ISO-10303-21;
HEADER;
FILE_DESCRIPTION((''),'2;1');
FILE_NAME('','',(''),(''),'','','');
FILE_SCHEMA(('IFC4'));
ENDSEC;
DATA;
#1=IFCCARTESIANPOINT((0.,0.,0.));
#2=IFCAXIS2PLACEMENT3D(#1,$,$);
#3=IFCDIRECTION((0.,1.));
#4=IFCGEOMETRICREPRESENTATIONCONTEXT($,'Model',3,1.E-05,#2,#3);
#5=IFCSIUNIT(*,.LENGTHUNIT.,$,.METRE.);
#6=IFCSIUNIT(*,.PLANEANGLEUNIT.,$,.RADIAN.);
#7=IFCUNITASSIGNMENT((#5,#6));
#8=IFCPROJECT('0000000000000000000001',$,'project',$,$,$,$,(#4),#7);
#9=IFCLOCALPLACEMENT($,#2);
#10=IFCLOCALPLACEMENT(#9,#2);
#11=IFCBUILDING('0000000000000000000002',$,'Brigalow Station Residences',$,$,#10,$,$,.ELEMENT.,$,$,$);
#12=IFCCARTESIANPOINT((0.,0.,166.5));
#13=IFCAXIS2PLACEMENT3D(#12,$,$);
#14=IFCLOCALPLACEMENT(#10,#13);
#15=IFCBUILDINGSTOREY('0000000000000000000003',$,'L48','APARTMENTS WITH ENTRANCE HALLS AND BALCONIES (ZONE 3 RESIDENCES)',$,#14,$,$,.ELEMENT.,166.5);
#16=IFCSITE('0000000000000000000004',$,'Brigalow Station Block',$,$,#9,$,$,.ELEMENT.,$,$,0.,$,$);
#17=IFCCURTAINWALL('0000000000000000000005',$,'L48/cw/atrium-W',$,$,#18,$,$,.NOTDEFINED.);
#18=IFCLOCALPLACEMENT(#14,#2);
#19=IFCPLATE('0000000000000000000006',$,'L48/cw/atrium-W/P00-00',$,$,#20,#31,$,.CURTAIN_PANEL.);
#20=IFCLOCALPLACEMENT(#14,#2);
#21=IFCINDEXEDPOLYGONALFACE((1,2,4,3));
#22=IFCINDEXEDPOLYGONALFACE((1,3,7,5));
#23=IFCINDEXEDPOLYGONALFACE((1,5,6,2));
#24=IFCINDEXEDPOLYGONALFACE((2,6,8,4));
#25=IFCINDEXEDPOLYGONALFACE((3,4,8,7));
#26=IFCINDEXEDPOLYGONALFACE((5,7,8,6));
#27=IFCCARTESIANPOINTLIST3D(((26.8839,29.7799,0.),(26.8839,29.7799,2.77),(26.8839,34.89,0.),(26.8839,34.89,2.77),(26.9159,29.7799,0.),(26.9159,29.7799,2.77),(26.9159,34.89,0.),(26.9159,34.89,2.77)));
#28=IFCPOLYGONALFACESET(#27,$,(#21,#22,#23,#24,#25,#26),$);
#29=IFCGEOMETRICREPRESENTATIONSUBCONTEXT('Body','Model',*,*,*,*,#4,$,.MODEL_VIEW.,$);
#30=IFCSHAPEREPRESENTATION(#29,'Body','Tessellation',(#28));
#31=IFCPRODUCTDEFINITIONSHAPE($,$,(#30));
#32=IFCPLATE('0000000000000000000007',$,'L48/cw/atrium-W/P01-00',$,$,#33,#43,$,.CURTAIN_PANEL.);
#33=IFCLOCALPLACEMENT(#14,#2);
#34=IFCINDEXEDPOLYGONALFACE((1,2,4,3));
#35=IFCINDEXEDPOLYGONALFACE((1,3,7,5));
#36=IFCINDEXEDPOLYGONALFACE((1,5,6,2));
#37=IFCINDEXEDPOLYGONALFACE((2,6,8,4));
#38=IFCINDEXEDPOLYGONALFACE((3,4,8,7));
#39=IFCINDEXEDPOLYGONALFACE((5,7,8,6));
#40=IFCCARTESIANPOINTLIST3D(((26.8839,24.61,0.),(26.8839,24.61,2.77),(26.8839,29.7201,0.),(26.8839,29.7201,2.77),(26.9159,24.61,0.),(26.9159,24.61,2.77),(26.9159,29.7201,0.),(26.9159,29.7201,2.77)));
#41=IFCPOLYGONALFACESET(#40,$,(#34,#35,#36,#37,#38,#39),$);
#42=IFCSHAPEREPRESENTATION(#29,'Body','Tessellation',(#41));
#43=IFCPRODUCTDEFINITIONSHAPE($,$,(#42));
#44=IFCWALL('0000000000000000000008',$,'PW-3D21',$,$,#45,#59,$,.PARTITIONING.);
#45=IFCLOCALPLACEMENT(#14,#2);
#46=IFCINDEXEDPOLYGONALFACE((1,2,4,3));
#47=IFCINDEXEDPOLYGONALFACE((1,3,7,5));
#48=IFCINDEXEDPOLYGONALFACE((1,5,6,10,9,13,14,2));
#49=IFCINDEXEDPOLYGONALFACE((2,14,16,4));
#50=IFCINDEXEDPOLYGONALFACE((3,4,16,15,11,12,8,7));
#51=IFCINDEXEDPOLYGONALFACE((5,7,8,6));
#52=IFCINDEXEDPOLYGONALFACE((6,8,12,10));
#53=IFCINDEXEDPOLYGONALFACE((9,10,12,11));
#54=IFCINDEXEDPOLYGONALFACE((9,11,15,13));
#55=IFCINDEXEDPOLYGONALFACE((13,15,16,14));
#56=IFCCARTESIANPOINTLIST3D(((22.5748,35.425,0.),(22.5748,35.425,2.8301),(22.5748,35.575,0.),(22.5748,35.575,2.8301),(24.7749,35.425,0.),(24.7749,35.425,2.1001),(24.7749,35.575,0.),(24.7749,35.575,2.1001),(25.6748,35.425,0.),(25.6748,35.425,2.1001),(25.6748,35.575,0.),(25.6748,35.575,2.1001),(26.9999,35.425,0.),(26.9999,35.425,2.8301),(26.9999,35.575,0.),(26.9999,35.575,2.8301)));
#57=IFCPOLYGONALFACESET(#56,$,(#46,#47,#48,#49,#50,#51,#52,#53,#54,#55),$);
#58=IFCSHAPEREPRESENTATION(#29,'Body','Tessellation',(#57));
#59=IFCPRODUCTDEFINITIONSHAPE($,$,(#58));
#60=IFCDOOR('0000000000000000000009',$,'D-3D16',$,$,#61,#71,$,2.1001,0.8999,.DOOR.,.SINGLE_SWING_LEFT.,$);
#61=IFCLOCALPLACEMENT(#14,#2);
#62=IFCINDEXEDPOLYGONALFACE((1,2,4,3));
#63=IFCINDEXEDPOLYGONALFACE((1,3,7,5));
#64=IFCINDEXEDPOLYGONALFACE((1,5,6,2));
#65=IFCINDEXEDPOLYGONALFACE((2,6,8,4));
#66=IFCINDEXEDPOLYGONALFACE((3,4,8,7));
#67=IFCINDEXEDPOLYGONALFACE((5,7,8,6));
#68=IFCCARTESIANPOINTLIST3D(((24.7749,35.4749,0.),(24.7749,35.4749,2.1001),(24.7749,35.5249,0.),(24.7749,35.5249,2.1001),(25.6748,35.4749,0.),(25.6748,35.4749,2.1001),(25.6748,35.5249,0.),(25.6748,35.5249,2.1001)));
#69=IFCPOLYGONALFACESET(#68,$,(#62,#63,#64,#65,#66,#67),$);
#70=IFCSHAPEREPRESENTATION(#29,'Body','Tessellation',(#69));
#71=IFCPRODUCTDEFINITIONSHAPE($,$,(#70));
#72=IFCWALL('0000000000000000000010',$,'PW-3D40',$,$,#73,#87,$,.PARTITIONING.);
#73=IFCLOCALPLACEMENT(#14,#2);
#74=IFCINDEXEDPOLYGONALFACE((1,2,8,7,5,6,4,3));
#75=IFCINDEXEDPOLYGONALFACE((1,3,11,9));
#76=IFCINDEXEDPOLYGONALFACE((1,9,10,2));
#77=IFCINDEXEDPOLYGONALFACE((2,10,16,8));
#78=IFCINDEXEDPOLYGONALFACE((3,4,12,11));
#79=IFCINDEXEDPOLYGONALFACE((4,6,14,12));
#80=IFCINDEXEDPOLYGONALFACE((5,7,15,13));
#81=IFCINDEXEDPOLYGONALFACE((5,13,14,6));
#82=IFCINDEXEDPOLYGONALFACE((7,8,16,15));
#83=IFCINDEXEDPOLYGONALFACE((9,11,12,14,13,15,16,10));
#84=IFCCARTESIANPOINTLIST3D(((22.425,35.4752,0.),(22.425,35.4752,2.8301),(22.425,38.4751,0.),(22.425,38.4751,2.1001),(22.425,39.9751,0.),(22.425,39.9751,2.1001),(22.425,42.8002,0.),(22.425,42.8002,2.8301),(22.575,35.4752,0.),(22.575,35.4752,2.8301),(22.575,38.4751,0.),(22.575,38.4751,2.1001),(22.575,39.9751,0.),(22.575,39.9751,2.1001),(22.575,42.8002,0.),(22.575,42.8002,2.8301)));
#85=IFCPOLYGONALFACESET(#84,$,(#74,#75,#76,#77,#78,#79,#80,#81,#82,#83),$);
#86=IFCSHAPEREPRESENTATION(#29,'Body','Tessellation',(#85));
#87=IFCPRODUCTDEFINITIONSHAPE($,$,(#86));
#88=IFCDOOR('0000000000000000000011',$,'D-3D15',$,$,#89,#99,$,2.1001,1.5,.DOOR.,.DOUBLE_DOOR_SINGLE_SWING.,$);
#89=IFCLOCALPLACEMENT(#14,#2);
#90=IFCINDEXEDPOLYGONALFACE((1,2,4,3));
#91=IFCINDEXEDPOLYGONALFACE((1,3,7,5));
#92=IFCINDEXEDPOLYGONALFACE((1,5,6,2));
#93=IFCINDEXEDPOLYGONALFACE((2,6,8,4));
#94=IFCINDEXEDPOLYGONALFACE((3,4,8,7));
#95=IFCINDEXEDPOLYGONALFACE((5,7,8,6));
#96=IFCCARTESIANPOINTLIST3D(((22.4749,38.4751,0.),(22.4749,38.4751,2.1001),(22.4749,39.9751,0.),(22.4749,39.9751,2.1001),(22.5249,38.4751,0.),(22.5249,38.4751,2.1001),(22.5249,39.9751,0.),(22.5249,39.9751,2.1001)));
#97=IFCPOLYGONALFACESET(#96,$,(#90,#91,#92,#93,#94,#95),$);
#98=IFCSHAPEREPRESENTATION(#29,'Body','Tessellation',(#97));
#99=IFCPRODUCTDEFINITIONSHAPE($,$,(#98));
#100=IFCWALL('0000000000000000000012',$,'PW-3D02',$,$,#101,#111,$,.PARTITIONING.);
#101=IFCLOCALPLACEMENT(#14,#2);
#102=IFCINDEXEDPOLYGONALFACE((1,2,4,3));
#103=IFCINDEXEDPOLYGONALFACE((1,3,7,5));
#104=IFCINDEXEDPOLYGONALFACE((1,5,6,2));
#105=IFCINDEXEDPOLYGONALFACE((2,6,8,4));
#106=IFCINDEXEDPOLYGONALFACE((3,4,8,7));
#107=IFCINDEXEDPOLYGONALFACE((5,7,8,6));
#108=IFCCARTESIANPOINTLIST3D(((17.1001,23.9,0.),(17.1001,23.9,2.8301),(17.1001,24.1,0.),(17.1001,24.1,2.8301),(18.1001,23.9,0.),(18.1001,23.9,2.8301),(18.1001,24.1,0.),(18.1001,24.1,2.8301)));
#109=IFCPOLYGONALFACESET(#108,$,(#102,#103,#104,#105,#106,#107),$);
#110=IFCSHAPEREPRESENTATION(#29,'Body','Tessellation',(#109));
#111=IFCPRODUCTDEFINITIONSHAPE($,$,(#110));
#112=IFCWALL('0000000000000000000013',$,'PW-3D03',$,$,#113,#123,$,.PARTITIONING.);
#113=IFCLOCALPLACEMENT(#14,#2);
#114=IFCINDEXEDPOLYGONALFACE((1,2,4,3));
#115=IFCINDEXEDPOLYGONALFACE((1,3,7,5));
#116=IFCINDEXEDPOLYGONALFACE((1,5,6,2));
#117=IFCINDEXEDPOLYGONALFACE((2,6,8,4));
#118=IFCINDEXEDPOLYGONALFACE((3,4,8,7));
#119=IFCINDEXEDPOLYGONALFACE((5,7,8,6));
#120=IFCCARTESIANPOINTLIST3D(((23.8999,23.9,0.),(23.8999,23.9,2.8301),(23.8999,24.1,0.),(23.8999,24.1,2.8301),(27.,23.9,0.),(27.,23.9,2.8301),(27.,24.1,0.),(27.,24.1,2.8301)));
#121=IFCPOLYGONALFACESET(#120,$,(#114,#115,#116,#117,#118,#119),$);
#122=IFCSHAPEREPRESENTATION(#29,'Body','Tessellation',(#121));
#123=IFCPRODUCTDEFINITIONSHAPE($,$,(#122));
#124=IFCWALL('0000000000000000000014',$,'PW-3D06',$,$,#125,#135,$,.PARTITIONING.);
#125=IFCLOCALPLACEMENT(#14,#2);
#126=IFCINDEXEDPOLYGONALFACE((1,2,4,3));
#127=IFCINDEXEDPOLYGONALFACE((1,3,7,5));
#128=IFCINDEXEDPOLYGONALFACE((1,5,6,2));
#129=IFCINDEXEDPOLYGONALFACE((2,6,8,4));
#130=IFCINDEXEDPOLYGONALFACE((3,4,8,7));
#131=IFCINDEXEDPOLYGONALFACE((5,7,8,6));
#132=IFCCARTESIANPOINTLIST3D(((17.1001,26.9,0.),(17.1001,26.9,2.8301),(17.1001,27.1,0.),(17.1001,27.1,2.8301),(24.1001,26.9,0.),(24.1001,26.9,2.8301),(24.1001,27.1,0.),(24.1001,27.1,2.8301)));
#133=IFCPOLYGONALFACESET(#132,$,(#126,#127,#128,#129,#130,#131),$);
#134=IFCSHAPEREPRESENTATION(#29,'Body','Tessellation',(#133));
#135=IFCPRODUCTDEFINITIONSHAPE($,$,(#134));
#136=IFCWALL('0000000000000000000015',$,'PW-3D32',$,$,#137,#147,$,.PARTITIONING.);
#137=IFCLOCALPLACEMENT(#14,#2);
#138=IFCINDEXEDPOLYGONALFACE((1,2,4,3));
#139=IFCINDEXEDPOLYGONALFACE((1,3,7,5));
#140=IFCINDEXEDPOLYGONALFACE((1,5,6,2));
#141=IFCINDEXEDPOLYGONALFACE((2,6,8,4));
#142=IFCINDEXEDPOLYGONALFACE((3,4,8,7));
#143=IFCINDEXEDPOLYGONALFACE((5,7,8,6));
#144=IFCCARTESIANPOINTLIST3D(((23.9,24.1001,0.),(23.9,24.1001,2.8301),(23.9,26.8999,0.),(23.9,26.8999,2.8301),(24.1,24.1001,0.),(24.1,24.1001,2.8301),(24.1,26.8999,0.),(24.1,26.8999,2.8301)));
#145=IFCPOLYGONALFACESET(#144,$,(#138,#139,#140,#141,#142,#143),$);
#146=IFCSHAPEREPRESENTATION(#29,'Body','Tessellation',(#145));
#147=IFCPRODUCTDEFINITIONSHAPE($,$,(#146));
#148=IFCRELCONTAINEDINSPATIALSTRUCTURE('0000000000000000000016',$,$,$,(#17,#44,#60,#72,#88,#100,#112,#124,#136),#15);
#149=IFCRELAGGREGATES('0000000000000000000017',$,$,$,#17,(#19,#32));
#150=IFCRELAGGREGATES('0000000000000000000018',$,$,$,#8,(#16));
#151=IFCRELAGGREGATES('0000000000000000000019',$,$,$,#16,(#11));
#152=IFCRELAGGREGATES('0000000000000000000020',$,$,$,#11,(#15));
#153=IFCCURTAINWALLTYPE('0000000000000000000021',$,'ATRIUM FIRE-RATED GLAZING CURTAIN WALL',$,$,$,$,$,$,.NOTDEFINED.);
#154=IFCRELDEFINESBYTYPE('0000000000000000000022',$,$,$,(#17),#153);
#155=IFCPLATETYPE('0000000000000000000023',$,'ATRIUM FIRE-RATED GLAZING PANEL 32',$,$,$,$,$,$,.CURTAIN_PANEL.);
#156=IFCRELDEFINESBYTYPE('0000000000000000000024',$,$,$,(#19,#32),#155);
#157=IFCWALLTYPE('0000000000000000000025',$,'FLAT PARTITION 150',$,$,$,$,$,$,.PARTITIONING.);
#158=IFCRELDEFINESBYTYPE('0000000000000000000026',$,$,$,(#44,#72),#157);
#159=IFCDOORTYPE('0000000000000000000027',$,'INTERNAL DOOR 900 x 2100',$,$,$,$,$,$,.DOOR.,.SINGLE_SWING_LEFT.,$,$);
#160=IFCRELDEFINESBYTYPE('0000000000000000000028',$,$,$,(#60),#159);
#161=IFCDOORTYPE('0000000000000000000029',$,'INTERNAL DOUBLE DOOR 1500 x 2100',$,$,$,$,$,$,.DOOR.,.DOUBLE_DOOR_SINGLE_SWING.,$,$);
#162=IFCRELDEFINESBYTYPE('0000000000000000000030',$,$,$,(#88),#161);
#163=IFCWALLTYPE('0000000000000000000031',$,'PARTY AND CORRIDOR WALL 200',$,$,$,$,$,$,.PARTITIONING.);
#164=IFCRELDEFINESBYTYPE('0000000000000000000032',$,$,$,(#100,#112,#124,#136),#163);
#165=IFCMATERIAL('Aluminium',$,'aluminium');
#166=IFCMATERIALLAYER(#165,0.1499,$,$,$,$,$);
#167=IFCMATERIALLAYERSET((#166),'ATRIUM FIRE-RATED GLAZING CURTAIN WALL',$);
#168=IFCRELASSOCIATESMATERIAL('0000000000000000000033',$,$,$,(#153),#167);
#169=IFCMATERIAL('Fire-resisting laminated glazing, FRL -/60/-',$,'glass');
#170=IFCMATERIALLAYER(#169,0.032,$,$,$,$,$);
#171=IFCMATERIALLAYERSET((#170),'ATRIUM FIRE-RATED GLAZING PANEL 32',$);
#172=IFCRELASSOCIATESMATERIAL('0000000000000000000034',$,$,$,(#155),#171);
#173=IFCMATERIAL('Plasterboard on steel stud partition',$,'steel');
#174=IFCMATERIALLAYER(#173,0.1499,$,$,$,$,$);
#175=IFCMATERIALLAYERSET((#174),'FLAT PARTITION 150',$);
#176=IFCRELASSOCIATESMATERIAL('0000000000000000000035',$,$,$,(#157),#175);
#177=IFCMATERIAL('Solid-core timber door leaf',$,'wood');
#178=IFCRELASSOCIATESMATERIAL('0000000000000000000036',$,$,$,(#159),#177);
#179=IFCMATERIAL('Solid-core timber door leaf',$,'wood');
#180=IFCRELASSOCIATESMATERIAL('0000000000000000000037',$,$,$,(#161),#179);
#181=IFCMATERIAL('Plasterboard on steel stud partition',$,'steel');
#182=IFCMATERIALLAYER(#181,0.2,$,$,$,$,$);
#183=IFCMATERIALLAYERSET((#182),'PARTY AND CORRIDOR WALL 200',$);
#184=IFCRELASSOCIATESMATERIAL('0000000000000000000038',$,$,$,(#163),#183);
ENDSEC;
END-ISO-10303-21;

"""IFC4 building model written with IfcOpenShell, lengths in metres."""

from ifc_helpers import new_model, si_unit, direction, frame, frame_2d, origin, origin_2d, place, context, subcontext, project, spatial, rectangle, extrude, material, layer, layer_set, type_object, element, fill, aggregate, save


model = new_model("IFC4")

# Units and contexts
model_context = context("Model", 3, precision=1e-05, world=origin(), true_north=direction((0.0, 1.0)))
body_context = subcontext(model_context, "Body", "Model", "MODEL_VIEW")
ifc_project = project(units=[si_unit("LENGTHUNIT", "METRE"), si_unit("PLANEANGLEUNIT", "RADIAN")], contexts=[model_context])

# Site, building, storey
site_placement = place(None, origin())
site = spatial("IfcSite", under=ifc_project, at=site_placement, Name="Brigalow Station Block", CompositionType="ELEMENT", RefElevation=0.0)
building_placement = place(site_placement, origin())
building = spatial("IfcBuilding", under=site, at=building_placement, Name="Brigalow Station Residences", CompositionType="ELEMENT")
storey_placement = place(building_placement, frame((0.0, 0.0, 166.5)))
storey = spatial("IfcBuildingStorey", under=building, at=storey_placement, Name="L48", Description="APARTMENTS WITH ENTRANCE HALLS AND BALCONIES (ZONE 3 RESIDENCES)", CompositionType="ELEMENT", Elevation=166.5)

# Shared definitions
ifc_material_1 = material(Name="Aluminium", Category="aluminium")
ifc_layer_1 = layer(ifc_material_1, 0.1499)
ifc_layer_set_1 = layer_set([ifc_layer_1], Name="ATRIUM FIRE-RATED GLAZING CURTAIN WALL")
curtain_wall_type = type_object("IfcCurtainWallType", Name="ATRIUM FIRE-RATED GLAZING CURTAIN WALL", PredefinedType="NOTDEFINED", material=ifc_layer_set_1)

# Curtain wall
curtain_wall_1_placement = place(storey_placement, origin())
curtain_wall_1 = element("IfcCurtainWall", 1, at=curtain_wall_1_placement, inside=storey, type_object=curtain_wall_type, Name="L48/cw/atrium-W", PredefinedType="NOTDEFINED")

# Plates
ifc_material_2 = material(Name="Fire-resisting laminated glazing, FRL -/60/-", Category="glass")
ifc_layer_2 = layer(ifc_material_2, 0.032)
ifc_layer_set_2 = layer_set([ifc_layer_2], Name="ATRIUM FIRE-RATED GLAZING PANEL 32")
plate_type = type_object("IfcPlateType", Name="ATRIUM FIRE-RATED GLAZING PANEL 32", PredefinedType="CURTAIN_PANEL", material=ifc_layer_set_2)
plate_1_placement = place(storey_placement, frame((26.8999, 32.335, 0.0), z_axis=(0.0, 0.0, 1.0), x_axis=(0.0, -1.0, 0.0)))
plate_1 = element("IfcPlate", 2, at=plate_1_placement, type_object=plate_type, Name="L48/cw/atrium-W/P00-00", PredefinedType="CURTAIN_PANEL", context=body_context, shape_type="SweptSolid", body=[
    extrude(rectangle(XDim=5.1101, YDim=0.032, at=origin_2d()), origin(), (0.0, 0.0, 1.0), 2.77),
])
plate_2_placement = place(storey_placement, frame((26.8999, 27.165, 0.0), z_axis=(0.0, 0.0, 1.0), x_axis=(0.0, -1.0, 0.0)))
plate_2 = element("IfcPlate", 3, at=plate_2_placement, type_object=plate_type, Name="L48/cw/atrium-W/P01-00", PredefinedType="CURTAIN_PANEL", context=body_context, shape_type="SweptSolid", body=[
    extrude(rectangle(XDim=5.1101, YDim=0.032, at=origin_2d()), origin(), (0.0, 0.0, 1.0), 2.77),
])
aggregate(curtain_wall_1, [plate_1, plate_2])

# Walls, openings, doors
ifc_material_3 = material(Name="Plasterboard on steel stud partition", Category="steel")
ifc_layer_3 = layer(ifc_material_3, 0.1499)
ifc_layer_set_3 = layer_set([ifc_layer_3], Name="FLAT PARTITION 150")
wall_type_1 = type_object("IfcWallType", Name="FLAT PARTITION 150", PredefinedType="PARTITIONING", material=ifc_layer_set_3)
wall_1_placement = place(storey_placement, frame((22.575, 35.5, 0.0), z_axis=(0.0, 0.0, 1.0), x_axis=(1.0, 0.0, 0.0)))
wall_1 = element("IfcWall", 4, at=wall_1_placement, inside=storey, type_object=wall_type_1, Name="PW-3D21", PredefinedType="PARTITIONING", context=body_context, shape_type="SweptSolid", body=[
    extrude(rectangle(XDim=4.425, YDim=0.1499, at=frame_2d((2.2124, 0.0))), origin(), (0.0, 0.0, 1.0), 2.8301),
])
opening_1_placement = place(wall_1_placement, frame((2.2, 0.0, 0.0)))
opening_1 = element("IfcOpeningElement", 5, at=opening_1_placement, cuts=wall_1, PredefinedType="OPENING", context=body_context, shape_type="SweptSolid", body=[
    extrude(rectangle(XDim=0.8999, YDim=2.1001, at=frame_2d((0.45, 1.05))), frame((0.0, 0.085, 0.0), z_axis=(0.0, -1.0, 0.0), x_axis=(1.0, 0.0, 0.0)), (0.0, 0.0, 1.0), 0.1699),
])
ifc_material_4 = material(Name="Solid-core timber door leaf", Category="wood")
door_type_1 = type_object("IfcDoorType", Name="INTERNAL DOOR 900 x 2100", OperationType="SINGLE_SWING_LEFT", PredefinedType="DOOR", material=ifc_material_4)
door_1_placement = place(opening_1_placement, origin())
door_1 = element("IfcDoor", 6, at=door_1_placement, inside=storey, type_object=door_type_1, Name="D-3D16", OperationType="SINGLE_SWING_LEFT", OverallHeight=2.1001, OverallWidth=0.8999, PredefinedType="DOOR", context=body_context, shape_type="SweptSolid", body=[
    extrude(rectangle(XDim=0.8999, YDim=2.1001, at=frame_2d((0.45, 1.05))), frame((0.0, 0.0249, 0.0), z_axis=(0.0, -1.0, 0.0), x_axis=(1.0, 0.0, 0.0)), (0.0, 0.0, 1.0), 0.05),
])
fill(opening_1, door_1)
wall_2_placement = place(storey_placement, frame((22.5, 35.4751, 0.0), z_axis=(0.0, 0.0, 1.0), x_axis=(0.0, 1.0, 0.0)))
wall_2 = element("IfcWall", 7, at=wall_2_placement, inside=storey, type_object=wall_type_1, Name="PW-3D40", PredefinedType="PARTITIONING", context=body_context, shape_type="SweptSolid", body=[
    extrude(rectangle(XDim=7.325, YDim=0.1499, at=frame_2d((3.6626, 0.0))), origin(), (0.0, 0.0, 1.0), 2.8301),
])
opening_2_placement = place(wall_2_placement, frame((3.0, 0.0, 0.0)))
opening_2 = element("IfcOpeningElement", 8, at=opening_2_placement, cuts=wall_2, PredefinedType="OPENING", context=body_context, shape_type="SweptSolid", body=[
    extrude(rectangle(XDim=1.5, YDim=2.1001, at=frame_2d((0.75, 1.05))), frame((0.0, 0.085, 0.0), z_axis=(0.0, -1.0, 0.0), x_axis=(1.0, 0.0, 0.0)), (0.0, 0.0, 1.0), 0.1699),
])
ifc_material_5 = material(Name="Solid-core timber door leaf", Category="wood")
door_type_2 = type_object("IfcDoorType", Name="INTERNAL DOUBLE DOOR 1500 x 2100", OperationType="DOUBLE_DOOR_SINGLE_SWING", PredefinedType="DOOR", material=ifc_material_5)
door_2_placement = place(opening_2_placement, frame((1.5, 0.0, 0.0), z_axis=(0.0, 0.0, 1.0), x_axis=(-1.0, 0.0, 0.0)))
door_2 = element("IfcDoor", 9, at=door_2_placement, inside=storey, type_object=door_type_2, Name="D-3D15", OperationType="DOUBLE_DOOR_SINGLE_SWING", OverallHeight=2.1001, OverallWidth=1.5, PredefinedType="DOOR", context=body_context, shape_type="SweptSolid", body=[
    extrude(rectangle(XDim=1.5, YDim=2.1001, at=frame_2d((0.75, 1.05))), frame((0.0, 0.0249, 0.0), z_axis=(0.0, -1.0, 0.0), x_axis=(1.0, 0.0, 0.0)), (0.0, 0.0, 1.0), 0.05),
])
fill(opening_2, door_2)

# Walls
ifc_material_6 = material(Name="Plasterboard on steel stud partition", Category="steel")
ifc_layer_4 = layer(ifc_material_6, 0.2)
ifc_layer_set_4 = layer_set([ifc_layer_4], Name="PARTY AND CORRIDOR WALL 200")
wall_type_2 = type_object("IfcWallType", Name="PARTY AND CORRIDOR WALL 200", PredefinedType="PARTITIONING", material=ifc_layer_set_4)
wall_3_placement = place(storey_placement, frame((17.1001, 24.0, 0.0), z_axis=(0.0, 0.0, 1.0), x_axis=(1.0, 0.0, 0.0)))
element("IfcWall", 10, at=wall_3_placement, inside=storey, type_object=wall_type_2, Name="PW-3D02", PredefinedType="PARTITIONING", context=body_context, shape_type="SweptSolid", body=[
    extrude(rectangle(XDim=1.0, YDim=0.2, at=frame_2d((0.5, 0.0))), origin(), (0.0, 0.0, 1.0), 2.8301),
])
wall_4_placement = place(storey_placement, frame((23.8999, 24.0, 0.0), z_axis=(0.0, 0.0, 1.0), x_axis=(1.0, 0.0, 0.0)))
element("IfcWall", 11, at=wall_4_placement, inside=storey, type_object=wall_type_2, Name="PW-3D03", PredefinedType="PARTITIONING", context=body_context, shape_type="SweptSolid", body=[
    extrude(rectangle(XDim=3.1001, YDim=0.2, at=frame_2d((1.55, 0.0))), origin(), (0.0, 0.0, 1.0), 2.8301),
])
wall_5_placement = place(storey_placement, frame((17.1001, 27.0, 0.0), z_axis=(0.0, 0.0, 1.0), x_axis=(1.0, 0.0, 0.0)))
element("IfcWall", 12, at=wall_5_placement, inside=storey, type_object=wall_type_2, Name="PW-3D06", PredefinedType="PARTITIONING", context=body_context, shape_type="SweptSolid", body=[
    extrude(rectangle(XDim=7.0, YDim=0.2, at=frame_2d((3.5, 0.0))), origin(), (0.0, 0.0, 1.0), 2.8301),
])
wall_6_placement = place(storey_placement, frame((24.0, 24.1001, 0.0), z_axis=(0.0, 0.0, 1.0), x_axis=(0.0, 1.0, 0.0)))
element("IfcWall", 13, at=wall_6_placement, inside=storey, type_object=wall_type_2, Name="PW-3D32", PredefinedType="PARTITIONING", context=body_context, shape_type="SweptSolid", body=[
    extrude(rectangle(XDim=2.7998, YDim=0.2, at=frame_2d((1.3999, 0.0))), origin(), (0.0, 0.0, 1.0), 2.8301),
])

save(model, "model.ifc")
